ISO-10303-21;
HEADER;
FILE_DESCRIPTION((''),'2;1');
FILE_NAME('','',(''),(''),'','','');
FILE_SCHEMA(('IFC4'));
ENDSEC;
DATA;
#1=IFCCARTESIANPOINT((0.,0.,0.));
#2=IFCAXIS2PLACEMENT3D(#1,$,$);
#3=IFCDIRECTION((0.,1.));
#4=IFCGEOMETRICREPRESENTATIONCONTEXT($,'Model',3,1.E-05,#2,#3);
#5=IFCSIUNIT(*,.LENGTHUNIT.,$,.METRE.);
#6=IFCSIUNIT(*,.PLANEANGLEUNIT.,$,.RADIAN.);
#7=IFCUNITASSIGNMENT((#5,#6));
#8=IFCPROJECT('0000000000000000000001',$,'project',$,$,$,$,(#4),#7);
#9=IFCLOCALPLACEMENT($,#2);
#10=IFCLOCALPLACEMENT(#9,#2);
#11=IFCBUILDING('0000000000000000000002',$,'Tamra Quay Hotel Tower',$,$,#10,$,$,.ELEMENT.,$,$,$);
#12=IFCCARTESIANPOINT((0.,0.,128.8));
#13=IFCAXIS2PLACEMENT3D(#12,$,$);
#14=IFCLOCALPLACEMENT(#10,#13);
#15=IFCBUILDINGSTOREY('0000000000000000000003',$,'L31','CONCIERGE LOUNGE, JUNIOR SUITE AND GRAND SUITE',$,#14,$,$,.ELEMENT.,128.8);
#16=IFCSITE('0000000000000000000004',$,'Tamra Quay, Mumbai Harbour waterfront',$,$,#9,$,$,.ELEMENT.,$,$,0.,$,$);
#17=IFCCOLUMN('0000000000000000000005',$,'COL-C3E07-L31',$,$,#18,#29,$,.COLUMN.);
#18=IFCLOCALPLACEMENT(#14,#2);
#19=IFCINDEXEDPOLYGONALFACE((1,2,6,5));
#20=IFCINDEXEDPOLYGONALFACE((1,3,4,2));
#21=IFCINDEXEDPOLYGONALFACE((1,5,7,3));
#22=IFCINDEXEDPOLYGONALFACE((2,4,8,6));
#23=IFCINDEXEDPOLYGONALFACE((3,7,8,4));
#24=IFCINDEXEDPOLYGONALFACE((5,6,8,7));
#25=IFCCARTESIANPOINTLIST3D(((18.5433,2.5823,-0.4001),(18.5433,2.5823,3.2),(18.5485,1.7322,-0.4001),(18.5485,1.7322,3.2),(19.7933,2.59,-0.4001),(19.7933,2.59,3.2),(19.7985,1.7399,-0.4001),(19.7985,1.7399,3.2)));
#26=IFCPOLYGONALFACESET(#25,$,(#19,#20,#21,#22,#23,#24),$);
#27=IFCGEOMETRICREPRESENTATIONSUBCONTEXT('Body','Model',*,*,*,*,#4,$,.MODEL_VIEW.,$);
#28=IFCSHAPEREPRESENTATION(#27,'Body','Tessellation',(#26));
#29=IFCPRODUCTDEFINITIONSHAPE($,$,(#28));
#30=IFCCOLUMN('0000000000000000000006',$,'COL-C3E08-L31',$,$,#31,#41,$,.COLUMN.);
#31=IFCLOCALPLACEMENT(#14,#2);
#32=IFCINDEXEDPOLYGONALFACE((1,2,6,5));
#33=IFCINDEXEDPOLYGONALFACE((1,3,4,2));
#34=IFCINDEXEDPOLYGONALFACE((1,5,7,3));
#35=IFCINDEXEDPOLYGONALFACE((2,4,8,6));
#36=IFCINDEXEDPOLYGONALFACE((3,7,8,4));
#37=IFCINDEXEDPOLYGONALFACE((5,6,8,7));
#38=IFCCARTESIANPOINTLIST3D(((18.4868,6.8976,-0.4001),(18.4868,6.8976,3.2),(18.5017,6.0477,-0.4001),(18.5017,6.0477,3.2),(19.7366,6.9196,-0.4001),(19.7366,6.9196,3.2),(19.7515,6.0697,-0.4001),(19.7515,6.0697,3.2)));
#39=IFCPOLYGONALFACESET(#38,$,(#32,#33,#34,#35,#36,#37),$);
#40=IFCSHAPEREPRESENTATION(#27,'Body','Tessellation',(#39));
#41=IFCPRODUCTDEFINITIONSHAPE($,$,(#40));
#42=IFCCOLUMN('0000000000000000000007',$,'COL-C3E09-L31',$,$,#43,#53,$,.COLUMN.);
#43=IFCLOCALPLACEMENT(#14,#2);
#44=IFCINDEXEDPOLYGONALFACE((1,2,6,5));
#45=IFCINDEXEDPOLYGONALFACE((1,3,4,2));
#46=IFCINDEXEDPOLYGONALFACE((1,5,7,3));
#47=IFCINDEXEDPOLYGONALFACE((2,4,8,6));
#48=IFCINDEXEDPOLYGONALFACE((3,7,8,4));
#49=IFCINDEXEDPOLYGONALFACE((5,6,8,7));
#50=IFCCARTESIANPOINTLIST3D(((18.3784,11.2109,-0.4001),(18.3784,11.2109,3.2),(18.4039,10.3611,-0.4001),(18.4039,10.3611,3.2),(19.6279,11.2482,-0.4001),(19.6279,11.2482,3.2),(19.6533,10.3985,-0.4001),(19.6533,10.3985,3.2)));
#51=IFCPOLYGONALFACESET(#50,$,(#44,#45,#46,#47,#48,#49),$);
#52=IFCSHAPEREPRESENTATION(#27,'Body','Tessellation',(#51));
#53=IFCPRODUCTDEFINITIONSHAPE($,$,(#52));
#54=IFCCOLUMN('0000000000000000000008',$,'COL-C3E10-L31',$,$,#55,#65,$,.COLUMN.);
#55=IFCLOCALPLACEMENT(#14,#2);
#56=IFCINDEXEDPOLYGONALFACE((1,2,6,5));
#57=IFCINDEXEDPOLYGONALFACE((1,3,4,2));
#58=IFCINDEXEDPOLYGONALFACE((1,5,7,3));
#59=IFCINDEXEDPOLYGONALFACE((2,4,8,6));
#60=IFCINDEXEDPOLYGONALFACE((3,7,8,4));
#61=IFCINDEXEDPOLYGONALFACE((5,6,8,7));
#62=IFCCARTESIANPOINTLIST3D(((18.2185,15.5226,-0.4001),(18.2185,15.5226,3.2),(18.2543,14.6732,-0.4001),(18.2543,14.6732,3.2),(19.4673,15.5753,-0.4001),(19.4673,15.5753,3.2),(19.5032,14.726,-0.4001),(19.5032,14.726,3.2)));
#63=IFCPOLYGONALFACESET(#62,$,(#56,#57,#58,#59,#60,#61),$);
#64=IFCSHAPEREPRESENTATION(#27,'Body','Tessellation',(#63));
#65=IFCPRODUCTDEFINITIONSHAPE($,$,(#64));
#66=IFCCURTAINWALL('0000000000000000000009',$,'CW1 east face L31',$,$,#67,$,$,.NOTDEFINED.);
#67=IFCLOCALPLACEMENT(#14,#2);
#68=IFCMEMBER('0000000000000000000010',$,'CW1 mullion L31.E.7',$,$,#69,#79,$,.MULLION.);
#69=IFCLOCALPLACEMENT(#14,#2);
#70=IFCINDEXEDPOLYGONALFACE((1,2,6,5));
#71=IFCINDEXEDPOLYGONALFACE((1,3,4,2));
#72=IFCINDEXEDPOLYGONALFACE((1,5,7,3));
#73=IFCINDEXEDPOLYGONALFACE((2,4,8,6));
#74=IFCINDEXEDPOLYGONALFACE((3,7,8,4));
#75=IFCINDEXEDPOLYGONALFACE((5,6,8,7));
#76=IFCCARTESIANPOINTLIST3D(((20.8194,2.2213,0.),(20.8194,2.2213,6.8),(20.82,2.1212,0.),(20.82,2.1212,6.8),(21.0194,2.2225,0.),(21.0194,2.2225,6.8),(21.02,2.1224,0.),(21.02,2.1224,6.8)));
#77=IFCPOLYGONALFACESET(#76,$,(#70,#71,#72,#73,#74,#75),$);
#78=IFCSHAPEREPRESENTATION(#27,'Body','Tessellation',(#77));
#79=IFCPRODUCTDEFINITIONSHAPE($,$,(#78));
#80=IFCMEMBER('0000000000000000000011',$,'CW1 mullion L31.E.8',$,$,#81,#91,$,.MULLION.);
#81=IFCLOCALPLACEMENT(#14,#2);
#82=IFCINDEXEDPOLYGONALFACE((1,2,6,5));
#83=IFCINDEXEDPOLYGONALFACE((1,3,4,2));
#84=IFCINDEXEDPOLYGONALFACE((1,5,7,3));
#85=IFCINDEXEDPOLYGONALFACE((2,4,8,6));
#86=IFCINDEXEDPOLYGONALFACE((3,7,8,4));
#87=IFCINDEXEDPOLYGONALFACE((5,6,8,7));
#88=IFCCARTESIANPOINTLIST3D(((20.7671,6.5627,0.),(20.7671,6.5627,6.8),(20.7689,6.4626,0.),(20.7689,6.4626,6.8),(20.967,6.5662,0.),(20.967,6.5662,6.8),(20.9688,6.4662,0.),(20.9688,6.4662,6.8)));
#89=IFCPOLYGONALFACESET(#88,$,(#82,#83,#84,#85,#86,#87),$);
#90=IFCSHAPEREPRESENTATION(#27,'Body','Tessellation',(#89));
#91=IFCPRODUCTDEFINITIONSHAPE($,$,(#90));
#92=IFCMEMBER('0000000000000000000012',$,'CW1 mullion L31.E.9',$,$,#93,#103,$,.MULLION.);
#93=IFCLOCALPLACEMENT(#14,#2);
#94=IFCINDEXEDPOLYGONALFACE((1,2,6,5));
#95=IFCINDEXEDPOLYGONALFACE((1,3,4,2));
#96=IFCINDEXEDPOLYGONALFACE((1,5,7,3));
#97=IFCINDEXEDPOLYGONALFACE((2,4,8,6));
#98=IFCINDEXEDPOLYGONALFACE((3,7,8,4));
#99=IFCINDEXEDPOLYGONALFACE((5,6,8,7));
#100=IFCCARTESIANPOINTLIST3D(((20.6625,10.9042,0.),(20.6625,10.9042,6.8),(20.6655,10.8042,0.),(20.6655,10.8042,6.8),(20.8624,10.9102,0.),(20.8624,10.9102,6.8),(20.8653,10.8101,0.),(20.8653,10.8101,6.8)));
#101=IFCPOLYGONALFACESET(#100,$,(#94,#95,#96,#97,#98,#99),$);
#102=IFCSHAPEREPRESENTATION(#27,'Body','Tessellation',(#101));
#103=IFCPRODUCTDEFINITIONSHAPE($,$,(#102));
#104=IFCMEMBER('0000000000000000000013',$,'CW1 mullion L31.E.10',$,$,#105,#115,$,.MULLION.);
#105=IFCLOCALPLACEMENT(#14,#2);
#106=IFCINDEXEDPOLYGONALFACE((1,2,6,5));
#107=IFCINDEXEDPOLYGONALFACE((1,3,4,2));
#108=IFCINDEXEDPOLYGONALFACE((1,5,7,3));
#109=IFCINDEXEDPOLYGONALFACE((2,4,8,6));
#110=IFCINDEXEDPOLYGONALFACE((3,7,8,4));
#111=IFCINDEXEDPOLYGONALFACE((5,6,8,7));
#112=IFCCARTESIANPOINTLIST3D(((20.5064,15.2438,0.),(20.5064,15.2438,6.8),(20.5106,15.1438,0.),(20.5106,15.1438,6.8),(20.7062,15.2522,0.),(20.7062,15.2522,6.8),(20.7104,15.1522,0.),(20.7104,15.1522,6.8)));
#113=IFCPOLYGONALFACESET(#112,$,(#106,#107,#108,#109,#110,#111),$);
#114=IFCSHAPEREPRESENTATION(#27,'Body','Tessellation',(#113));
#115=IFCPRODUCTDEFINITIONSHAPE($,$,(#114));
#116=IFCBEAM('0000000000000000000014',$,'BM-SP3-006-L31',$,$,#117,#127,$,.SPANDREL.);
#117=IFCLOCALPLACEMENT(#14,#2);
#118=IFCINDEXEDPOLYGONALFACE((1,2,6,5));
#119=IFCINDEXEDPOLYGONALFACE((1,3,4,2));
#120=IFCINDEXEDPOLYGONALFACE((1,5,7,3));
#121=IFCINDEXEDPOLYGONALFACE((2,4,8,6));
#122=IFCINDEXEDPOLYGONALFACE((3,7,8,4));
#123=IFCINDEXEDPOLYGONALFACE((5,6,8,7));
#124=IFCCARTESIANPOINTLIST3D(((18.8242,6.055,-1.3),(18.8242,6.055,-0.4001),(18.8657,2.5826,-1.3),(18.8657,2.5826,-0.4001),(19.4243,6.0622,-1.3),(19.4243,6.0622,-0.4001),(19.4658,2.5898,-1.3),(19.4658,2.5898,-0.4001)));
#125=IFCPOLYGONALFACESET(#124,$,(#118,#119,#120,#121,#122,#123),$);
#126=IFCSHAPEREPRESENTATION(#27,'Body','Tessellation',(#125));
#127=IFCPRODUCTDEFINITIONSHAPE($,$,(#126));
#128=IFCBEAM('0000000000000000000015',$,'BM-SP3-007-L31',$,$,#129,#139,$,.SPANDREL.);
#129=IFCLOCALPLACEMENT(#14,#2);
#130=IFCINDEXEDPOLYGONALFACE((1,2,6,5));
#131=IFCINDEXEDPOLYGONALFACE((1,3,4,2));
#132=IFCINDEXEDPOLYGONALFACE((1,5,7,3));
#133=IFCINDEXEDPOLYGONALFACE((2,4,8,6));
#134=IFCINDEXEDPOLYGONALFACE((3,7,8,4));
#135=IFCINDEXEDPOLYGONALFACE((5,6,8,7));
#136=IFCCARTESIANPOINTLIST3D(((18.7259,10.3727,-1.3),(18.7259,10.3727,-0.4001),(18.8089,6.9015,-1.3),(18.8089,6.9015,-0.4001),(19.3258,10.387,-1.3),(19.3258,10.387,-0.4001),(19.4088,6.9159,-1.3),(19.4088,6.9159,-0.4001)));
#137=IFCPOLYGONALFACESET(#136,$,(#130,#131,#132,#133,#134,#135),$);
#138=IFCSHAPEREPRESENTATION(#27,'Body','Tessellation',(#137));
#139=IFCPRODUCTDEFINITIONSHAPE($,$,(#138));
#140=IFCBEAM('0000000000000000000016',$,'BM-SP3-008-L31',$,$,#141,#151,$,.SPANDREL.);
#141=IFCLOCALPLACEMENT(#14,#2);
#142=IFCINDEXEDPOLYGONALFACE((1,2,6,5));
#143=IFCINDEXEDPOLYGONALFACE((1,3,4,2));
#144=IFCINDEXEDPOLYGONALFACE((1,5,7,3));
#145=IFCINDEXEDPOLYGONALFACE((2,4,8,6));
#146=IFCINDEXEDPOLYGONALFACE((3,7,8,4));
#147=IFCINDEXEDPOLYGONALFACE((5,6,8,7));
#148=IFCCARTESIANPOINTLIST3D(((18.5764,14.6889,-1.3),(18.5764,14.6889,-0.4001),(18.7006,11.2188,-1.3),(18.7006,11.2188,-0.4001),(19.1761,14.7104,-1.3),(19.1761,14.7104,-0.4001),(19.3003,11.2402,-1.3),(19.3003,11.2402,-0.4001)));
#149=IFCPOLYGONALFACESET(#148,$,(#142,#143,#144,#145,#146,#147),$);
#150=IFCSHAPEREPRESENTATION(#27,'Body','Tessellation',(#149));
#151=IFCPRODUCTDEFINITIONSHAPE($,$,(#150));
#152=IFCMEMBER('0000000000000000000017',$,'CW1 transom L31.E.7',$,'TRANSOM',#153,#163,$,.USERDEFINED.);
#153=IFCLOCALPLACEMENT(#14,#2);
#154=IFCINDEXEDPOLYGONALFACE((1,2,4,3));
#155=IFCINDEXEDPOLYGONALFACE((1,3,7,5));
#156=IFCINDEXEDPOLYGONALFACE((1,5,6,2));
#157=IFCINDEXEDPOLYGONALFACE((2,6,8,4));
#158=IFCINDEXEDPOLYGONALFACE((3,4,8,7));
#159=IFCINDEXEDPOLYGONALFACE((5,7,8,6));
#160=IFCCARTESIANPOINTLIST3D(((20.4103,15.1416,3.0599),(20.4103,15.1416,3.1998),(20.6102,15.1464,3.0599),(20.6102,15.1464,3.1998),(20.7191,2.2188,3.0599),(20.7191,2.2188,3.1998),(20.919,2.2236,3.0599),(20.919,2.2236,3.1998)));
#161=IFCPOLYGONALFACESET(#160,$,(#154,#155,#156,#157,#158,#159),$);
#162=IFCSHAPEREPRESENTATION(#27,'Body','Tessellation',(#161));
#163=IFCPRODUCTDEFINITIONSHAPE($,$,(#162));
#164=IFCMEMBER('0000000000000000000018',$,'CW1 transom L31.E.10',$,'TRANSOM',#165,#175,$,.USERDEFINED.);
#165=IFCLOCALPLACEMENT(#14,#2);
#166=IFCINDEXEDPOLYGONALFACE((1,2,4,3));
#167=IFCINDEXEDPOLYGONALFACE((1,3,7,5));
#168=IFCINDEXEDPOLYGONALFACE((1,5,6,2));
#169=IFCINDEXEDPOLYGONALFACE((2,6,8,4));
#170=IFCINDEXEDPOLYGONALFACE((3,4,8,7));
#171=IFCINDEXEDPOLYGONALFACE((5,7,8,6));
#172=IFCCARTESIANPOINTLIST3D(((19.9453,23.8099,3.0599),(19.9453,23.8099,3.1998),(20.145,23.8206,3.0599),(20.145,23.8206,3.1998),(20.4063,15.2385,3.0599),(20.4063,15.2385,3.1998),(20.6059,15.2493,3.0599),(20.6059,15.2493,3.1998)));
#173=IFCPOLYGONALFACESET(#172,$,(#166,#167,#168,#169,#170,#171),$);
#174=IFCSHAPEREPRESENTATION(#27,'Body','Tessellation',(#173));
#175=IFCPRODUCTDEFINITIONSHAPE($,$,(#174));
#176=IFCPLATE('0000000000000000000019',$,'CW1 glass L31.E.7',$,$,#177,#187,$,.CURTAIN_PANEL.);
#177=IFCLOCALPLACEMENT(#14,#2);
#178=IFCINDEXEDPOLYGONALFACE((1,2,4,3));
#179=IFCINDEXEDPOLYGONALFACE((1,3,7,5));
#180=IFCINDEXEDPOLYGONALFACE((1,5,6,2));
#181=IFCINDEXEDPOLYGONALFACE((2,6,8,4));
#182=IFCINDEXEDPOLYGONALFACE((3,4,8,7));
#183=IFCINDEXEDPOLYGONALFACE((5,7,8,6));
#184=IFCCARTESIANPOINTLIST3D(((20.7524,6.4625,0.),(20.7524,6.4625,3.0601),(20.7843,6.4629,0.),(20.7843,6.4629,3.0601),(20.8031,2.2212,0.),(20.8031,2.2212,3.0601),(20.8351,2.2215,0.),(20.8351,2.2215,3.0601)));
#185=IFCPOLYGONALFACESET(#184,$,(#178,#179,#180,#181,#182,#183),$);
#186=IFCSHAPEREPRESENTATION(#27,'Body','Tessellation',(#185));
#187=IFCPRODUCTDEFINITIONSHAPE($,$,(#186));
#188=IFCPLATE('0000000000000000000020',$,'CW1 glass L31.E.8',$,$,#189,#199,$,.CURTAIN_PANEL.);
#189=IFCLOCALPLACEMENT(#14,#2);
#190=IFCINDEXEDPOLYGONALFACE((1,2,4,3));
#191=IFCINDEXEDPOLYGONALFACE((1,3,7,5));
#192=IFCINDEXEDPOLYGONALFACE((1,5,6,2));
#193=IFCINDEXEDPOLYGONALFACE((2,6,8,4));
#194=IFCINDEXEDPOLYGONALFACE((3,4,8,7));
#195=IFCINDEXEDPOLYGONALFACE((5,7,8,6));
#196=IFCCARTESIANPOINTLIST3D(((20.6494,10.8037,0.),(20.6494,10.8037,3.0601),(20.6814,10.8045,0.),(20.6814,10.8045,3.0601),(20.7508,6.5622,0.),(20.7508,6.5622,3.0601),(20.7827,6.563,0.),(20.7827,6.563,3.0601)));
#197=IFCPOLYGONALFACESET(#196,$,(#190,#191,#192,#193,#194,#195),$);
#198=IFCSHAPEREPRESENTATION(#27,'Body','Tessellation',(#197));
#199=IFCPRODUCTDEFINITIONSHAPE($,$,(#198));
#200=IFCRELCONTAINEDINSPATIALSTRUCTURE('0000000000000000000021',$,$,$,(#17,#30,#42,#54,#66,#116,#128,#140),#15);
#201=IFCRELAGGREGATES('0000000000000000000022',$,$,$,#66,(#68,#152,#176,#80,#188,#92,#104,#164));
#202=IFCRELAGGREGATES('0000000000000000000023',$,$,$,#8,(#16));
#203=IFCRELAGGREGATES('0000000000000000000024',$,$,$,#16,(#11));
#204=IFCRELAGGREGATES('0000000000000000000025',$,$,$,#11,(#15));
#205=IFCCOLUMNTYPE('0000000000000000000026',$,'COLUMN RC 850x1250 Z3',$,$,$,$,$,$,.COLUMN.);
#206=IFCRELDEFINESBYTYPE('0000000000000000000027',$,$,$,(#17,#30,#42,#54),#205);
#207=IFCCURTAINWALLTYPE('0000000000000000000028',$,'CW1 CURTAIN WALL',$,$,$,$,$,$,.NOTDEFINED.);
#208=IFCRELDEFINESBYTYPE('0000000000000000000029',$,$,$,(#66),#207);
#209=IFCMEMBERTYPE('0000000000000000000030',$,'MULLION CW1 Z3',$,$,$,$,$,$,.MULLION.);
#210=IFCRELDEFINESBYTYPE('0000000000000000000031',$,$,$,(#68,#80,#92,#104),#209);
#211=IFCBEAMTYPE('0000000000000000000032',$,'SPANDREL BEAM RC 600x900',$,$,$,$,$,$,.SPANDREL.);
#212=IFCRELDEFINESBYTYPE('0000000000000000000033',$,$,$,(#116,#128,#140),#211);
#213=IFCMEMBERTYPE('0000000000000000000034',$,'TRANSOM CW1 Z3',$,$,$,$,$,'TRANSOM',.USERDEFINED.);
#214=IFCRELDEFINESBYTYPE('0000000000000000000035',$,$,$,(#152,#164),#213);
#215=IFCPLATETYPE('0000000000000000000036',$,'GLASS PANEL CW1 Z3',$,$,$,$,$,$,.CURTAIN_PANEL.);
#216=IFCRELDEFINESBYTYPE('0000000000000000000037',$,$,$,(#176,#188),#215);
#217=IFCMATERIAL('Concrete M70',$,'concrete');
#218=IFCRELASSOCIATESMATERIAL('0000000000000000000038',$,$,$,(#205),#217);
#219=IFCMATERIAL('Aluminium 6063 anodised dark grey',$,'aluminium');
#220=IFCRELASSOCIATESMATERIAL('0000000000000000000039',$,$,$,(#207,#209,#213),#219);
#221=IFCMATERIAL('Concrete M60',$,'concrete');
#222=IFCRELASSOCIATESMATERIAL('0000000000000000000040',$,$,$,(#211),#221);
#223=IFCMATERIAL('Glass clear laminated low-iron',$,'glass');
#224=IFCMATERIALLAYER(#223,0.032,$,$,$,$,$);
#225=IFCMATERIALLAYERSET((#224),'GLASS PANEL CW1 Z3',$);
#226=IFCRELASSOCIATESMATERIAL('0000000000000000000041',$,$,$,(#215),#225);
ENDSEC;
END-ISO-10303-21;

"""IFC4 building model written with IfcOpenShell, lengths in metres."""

from ifc_helpers import new_model, si_unit, direction, frame, origin, origin_2d, place, context, subcontext, project, spatial, rectangle, extrude, material, layer, layer_set, material_profile, profile_set, type_object, element, aggregate, save


model = new_model("IFC4")

# Units and contexts
model_context = context("Model", 3, precision=1e-05, world=origin(), true_north=direction((0.0, 1.0)))
body_context = subcontext(model_context, "Body", "Model", "MODEL_VIEW")
ifc_project = project(units=[si_unit("LENGTHUNIT", "METRE"), si_unit("PLANEANGLEUNIT", "RADIAN")], contexts=[model_context])

# Site, building, storey
site_placement = place(None, origin())
site = spatial("IfcSite", under=ifc_project, at=site_placement, Name="Tamra Quay, Mumbai Harbour waterfront", CompositionType="ELEMENT", RefElevation=0.0)
building_placement = place(site_placement, origin())
building = spatial("IfcBuilding", under=site, at=building_placement, Name="Tamra Quay Hotel Tower", CompositionType="ELEMENT")
storey_placement = place(building_placement, frame((0.0, 0.0, 128.8)))
storey = spatial("IfcBuildingStorey", under=building, at=storey_placement, Name="L31", Description="CONCIERGE LOUNGE, JUNIOR SUITE AND GRAND SUITE", CompositionType="ELEMENT", Elevation=128.8)

# Columns
ifc_material_1 = material(Name="Concrete M70", Category="concrete")
ifc_material_profile_1 = material_profile(ifc_material_1, rectangle(XDim=1.25, YDim=0.8501, at=origin_2d()), Name="COLUMN RC 850x1250 Z3")
ifc_profile_set_1 = profile_set([ifc_material_profile_1], Name="Concrete M70")
column_type = type_object("IfcColumnType", Name="COLUMN RC 850x1250 Z3", PredefinedType="COLUMN", material=ifc_profile_set_1)
for number, where, z_axis, x_axis, name in (
    (1, (19.1709, 2.1611, -0.4001), (0.0, 0.0, 1.0), (0.999981, 0.006159, 0.0), "COL-C3E07-L31"),
    (2, (19.1191, 6.4836, -0.4001), (0.0, 0.0, 1.0), (0.999845, 0.017597, 0.0), "COL-C3E08-L31"),
    (3, (19.0159, 10.8047, -0.4001), (0.0, 0.0, 1.0), (0.999553, 0.029907, 0.0), "COL-C3E09-L31"),
    (4, (18.8608, 15.1243, -0.4001), (0.0, 0.0, 1.0), (0.999109, 0.042202, 0.0), "COL-C3E10-L31"),
):
    element("IfcColumn", number, at=place(storey_placement, frame(where, z_axis=z_axis, x_axis=x_axis)), inside=storey, type_object=column_type, Name=name, PredefinedType="COLUMN", context=body_context, shape_type="SweptSolid", body=[
        extrude(rectangle(XDim=1.25, YDim=0.8501, at=origin_2d()), origin(), (0.0, 0.0, 1.0), 3.6001),
    ])

# Curtain wall, members
ifc_material_2 = material(Name="Aluminium 6063 anodised dark grey", Category="aluminium")
curtain_wall_type = type_object("IfcCurtainWallType", Name="CW1 CURTAIN WALL", PredefinedType="NOTDEFINED", material=ifc_material_2)
curtain_wall_placement = place(storey_placement, origin())
curtain_wall = element("IfcCurtainWall", 5, at=curtain_wall_placement, inside=storey, type_object=curtain_wall_type, Name="CW1 east face L31", PredefinedType="NOTDEFINED")
ifc_material_profile_2 = material_profile(ifc_material_2, rectangle(XDim=0.2, YDim=0.1001, at=origin_2d()), Name="MULLION 100X200")
ifc_profile_set_2 = profile_set([ifc_material_profile_2], Name="Aluminium 6063 anodised dark grey")
member_type_1 = type_object("IfcMemberType", Name="MULLION CW1 Z3", PredefinedType="MULLION", material=ifc_profile_set_2)
member_1_placement = place(storey_placement, frame((20.9197, 2.1719, 0.0), z_axis=(0.0, 0.0, 1.0), x_axis=(0.999982, 0.005979, 0.0)))
member_1 = element("IfcMember", 6, at=member_1_placement, type_object=member_type_1, Name="CW1 mullion L31.E.7", PredefinedType="MULLION", context=body_context, shape_type="SweptSolid", body=[
    extrude(rectangle(XDim=0.2, YDim=0.1001, at=origin_2d()), origin(), (0.0, 0.0, 1.0), 6.8),
])
member_2_placement = place(storey_placement, frame((20.8679, 6.5144, 0.0), z_axis=(0.0, 0.0, 1.0), x_axis=(0.999839, 0.017927, 0.0)))
member_2 = element("IfcMember", 7, at=member_2_placement, type_object=member_type_1, Name="CW1 mullion L31.E.8", PredefinedType="MULLION", context=body_context, shape_type="SweptSolid", body=[
    extrude(rectangle(XDim=0.2, YDim=0.1001, at=origin_2d()), origin(), (0.0, 0.0, 1.0), 6.8),
])
member_3_placement = place(storey_placement, frame((20.7639, 10.8572, 0.0), z_axis=(0.0, 0.0, 1.0), x_axis=(0.999554, 0.029871, 0.0)))
member_3 = element("IfcMember", 8, at=member_3_placement, type_object=member_type_1, Name="CW1 mullion L31.E.9", PredefinedType="MULLION", context=body_context, shape_type="SweptSolid", body=[
    extrude(rectangle(XDim=0.2, YDim=0.1001, at=origin_2d()), origin(), (0.0, 0.0, 1.0), 6.8),
])
member_4_placement = place(storey_placement, frame((20.6084, 15.198, 0.0), z_axis=(0.0, 0.0, 1.0), x_axis=(0.999126, 0.041797, 0.0)))
member_4 = element("IfcMember", 9, at=member_4_placement, type_object=member_type_1, Name="CW1 mullion L31.E.10", PredefinedType="MULLION", context=body_context, shape_type="SweptSolid", body=[
    extrude(rectangle(XDim=0.2, YDim=0.1001, at=origin_2d()), origin(), (0.0, 0.0, 1.0), 6.8),
])

# Beams
ifc_material_3 = material(Name="Concrete M60", Category="concrete")
ifc_material_profile_3 = material_profile(ifc_material_3, rectangle(XDim=0.6001, YDim=0.8999, at=origin_2d()), Name="SPANDREL BEAM RC 600x900")
ifc_profile_set_3 = profile_set([ifc_material_profile_3], Name="Concrete M60")
beam_type = type_object("IfcBeamType", Name="SPANDREL BEAM RC 600x900", PredefinedType="SPANDREL", material=ifc_profile_set_3)
beam_1_placement = place(storey_placement, frame((19.1658, 2.5862, -0.8501), z_axis=(-0.011952, 0.999929, 0.0), x_axis=(-0.999929, -0.011952, 0.0)))
element("IfcBeam", 10, at=beam_1_placement, inside=storey, type_object=beam_type, Name="BM-SP3-006-L31", PredefinedType="SPANDREL", context=body_context, shape_type="SweptSolid", body=[
    extrude(rectangle(XDim=0.6001, YDim=0.8999, at=origin_2d()), origin(), (0.0, 0.0, 1.0), 3.4727),
])
beam_2_placement = place(storey_placement, frame((19.1089, 6.9087, -0.8501), z_axis=(-0.023907, 0.999714, 0.0), x_axis=(-0.999714, -0.023907, 0.0)))
element("IfcBeam", 11, at=beam_2_placement, inside=storey, type_object=beam_type, Name="BM-SP3-007-L31", PredefinedType="SPANDREL", context=body_context, shape_type="SweptSolid", body=[
    extrude(rectangle(XDim=0.6001, YDim=0.8999, at=origin_2d()), origin(), (0.0, 0.0, 1.0), 3.4722),
])
beam_3_placement = place(storey_placement, frame((19.0005, 11.2295, -0.8501), z_axis=(-0.035787, 0.999359, 0.0), x_axis=(-0.999359, -0.035787, 0.0)))
element("IfcBeam", 12, at=beam_3_placement, inside=storey, type_object=beam_type, Name="BM-SP3-008-L31", PredefinedType="SPANDREL", context=body_context, shape_type="SweptSolid", body=[
    extrude(rectangle(XDim=0.6001, YDim=0.8999, at=origin_2d()), origin(), (0.0, 0.0, 1.0), 3.4724),
])

# Members
ifc_material_profile_4 = material_profile(ifc_material_2, rectangle(XDim=0.2, YDim=0.1399, at=origin_2d()), Name="TRANSOM 200X140")
ifc_profile_set_4 = profile_set([ifc_material_profile_4], Name="Aluminium 6063 anodised dark grey")
member_type_2 = type_object("IfcMemberType", Name="TRANSOM CW1 Z3", ElementType="TRANSOM", PredefinedType="USERDEFINED", material=ifc_profile_set_4)
member_5_placement = place(storey_placement, frame((20.8191, 2.2212, 3.1299), z_axis=(-0.023892, 0.999715, 0.0), x_axis=(-0.999715, -0.023892, 0.0)))
member_5 = element("IfcMember", 13, at=member_5_placement, type_object=member_type_2, Name="CW1 transom L31.E.7", ObjectType="TRANSOM", PredefinedType="USERDEFINED", context=body_context, shape_type="SweptSolid", body=[
    extrude(rectangle(XDim=0.2, YDim=0.1399, at=origin_2d()), origin(), (0.0, 0.0, 1.0), 12.9265),
])
member_6_placement = place(storey_placement, frame((20.5061, 15.2439, 3.1299), z_axis=(-0.053699, 0.998557, 0.0), x_axis=(-0.998557, -0.053699, 0.0)))
member_6 = element("IfcMember", 14, at=member_6_placement, type_object=member_type_2, Name="CW1 transom L31.E.10", ObjectType="TRANSOM", PredefinedType="USERDEFINED", context=body_context, shape_type="SweptSolid", body=[
    extrude(rectangle(XDim=0.2, YDim=0.1399, at=origin_2d()), origin(), (0.0, 0.0, 1.0), 8.5837),
])

# Plates
ifc_material_4 = material(Name="Glass clear laminated low-iron", Category="glass")
ifc_layer_1 = layer(ifc_material_4, 0.032)
ifc_layer_set_1 = layer_set([ifc_layer_1], Name="GLASS PANEL CW1 Z3")
plate_type = type_object("IfcPlateType", Name="GLASS PANEL CW1 Z3", PredefinedType="CURTAIN_PANEL", material=ifc_layer_set_1)
plate_1_placement = place(storey_placement, frame((20.7937, 4.342, 0.0), z_axis=(0.0, 0.0, 1.0), x_axis=(-0.011957, 0.999929, 0.0)))
plate_1 = element("IfcPlate", 15, at=plate_1_placement, type_object=plate_type, Name="CW1 glass L31.E.7", PredefinedType="CURTAIN_PANEL", context=body_context, shape_type="SweptSolid", body=[
    extrude(rectangle(XDim=4.2417, YDim=0.032, at=origin_2d()), origin(), (0.0, 0.0, 1.0), 3.0601),
])
plate_2_placement = place(storey_placement, frame((20.7161, 8.6833, 0.0), z_axis=(0.0, 0.0, 1.0), x_axis=(-0.023896, 0.999714, 0.0)))
plate_2 = element("IfcPlate", 16, at=plate_2_placement, type_object=plate_type, Name="CW1 glass L31.E.8", PredefinedType="CURTAIN_PANEL", context=body_context, shape_type="SweptSolid", body=[
    extrude(rectangle(XDim=4.2427, YDim=0.032, at=origin_2d()), origin(), (0.0, 0.0, 1.0), 3.0601),
])
aggregate(curtain_wall, [member_1, member_5, plate_1, member_2, plate_2, member_3, member_4, member_6])

save(model, "model.ifc")
